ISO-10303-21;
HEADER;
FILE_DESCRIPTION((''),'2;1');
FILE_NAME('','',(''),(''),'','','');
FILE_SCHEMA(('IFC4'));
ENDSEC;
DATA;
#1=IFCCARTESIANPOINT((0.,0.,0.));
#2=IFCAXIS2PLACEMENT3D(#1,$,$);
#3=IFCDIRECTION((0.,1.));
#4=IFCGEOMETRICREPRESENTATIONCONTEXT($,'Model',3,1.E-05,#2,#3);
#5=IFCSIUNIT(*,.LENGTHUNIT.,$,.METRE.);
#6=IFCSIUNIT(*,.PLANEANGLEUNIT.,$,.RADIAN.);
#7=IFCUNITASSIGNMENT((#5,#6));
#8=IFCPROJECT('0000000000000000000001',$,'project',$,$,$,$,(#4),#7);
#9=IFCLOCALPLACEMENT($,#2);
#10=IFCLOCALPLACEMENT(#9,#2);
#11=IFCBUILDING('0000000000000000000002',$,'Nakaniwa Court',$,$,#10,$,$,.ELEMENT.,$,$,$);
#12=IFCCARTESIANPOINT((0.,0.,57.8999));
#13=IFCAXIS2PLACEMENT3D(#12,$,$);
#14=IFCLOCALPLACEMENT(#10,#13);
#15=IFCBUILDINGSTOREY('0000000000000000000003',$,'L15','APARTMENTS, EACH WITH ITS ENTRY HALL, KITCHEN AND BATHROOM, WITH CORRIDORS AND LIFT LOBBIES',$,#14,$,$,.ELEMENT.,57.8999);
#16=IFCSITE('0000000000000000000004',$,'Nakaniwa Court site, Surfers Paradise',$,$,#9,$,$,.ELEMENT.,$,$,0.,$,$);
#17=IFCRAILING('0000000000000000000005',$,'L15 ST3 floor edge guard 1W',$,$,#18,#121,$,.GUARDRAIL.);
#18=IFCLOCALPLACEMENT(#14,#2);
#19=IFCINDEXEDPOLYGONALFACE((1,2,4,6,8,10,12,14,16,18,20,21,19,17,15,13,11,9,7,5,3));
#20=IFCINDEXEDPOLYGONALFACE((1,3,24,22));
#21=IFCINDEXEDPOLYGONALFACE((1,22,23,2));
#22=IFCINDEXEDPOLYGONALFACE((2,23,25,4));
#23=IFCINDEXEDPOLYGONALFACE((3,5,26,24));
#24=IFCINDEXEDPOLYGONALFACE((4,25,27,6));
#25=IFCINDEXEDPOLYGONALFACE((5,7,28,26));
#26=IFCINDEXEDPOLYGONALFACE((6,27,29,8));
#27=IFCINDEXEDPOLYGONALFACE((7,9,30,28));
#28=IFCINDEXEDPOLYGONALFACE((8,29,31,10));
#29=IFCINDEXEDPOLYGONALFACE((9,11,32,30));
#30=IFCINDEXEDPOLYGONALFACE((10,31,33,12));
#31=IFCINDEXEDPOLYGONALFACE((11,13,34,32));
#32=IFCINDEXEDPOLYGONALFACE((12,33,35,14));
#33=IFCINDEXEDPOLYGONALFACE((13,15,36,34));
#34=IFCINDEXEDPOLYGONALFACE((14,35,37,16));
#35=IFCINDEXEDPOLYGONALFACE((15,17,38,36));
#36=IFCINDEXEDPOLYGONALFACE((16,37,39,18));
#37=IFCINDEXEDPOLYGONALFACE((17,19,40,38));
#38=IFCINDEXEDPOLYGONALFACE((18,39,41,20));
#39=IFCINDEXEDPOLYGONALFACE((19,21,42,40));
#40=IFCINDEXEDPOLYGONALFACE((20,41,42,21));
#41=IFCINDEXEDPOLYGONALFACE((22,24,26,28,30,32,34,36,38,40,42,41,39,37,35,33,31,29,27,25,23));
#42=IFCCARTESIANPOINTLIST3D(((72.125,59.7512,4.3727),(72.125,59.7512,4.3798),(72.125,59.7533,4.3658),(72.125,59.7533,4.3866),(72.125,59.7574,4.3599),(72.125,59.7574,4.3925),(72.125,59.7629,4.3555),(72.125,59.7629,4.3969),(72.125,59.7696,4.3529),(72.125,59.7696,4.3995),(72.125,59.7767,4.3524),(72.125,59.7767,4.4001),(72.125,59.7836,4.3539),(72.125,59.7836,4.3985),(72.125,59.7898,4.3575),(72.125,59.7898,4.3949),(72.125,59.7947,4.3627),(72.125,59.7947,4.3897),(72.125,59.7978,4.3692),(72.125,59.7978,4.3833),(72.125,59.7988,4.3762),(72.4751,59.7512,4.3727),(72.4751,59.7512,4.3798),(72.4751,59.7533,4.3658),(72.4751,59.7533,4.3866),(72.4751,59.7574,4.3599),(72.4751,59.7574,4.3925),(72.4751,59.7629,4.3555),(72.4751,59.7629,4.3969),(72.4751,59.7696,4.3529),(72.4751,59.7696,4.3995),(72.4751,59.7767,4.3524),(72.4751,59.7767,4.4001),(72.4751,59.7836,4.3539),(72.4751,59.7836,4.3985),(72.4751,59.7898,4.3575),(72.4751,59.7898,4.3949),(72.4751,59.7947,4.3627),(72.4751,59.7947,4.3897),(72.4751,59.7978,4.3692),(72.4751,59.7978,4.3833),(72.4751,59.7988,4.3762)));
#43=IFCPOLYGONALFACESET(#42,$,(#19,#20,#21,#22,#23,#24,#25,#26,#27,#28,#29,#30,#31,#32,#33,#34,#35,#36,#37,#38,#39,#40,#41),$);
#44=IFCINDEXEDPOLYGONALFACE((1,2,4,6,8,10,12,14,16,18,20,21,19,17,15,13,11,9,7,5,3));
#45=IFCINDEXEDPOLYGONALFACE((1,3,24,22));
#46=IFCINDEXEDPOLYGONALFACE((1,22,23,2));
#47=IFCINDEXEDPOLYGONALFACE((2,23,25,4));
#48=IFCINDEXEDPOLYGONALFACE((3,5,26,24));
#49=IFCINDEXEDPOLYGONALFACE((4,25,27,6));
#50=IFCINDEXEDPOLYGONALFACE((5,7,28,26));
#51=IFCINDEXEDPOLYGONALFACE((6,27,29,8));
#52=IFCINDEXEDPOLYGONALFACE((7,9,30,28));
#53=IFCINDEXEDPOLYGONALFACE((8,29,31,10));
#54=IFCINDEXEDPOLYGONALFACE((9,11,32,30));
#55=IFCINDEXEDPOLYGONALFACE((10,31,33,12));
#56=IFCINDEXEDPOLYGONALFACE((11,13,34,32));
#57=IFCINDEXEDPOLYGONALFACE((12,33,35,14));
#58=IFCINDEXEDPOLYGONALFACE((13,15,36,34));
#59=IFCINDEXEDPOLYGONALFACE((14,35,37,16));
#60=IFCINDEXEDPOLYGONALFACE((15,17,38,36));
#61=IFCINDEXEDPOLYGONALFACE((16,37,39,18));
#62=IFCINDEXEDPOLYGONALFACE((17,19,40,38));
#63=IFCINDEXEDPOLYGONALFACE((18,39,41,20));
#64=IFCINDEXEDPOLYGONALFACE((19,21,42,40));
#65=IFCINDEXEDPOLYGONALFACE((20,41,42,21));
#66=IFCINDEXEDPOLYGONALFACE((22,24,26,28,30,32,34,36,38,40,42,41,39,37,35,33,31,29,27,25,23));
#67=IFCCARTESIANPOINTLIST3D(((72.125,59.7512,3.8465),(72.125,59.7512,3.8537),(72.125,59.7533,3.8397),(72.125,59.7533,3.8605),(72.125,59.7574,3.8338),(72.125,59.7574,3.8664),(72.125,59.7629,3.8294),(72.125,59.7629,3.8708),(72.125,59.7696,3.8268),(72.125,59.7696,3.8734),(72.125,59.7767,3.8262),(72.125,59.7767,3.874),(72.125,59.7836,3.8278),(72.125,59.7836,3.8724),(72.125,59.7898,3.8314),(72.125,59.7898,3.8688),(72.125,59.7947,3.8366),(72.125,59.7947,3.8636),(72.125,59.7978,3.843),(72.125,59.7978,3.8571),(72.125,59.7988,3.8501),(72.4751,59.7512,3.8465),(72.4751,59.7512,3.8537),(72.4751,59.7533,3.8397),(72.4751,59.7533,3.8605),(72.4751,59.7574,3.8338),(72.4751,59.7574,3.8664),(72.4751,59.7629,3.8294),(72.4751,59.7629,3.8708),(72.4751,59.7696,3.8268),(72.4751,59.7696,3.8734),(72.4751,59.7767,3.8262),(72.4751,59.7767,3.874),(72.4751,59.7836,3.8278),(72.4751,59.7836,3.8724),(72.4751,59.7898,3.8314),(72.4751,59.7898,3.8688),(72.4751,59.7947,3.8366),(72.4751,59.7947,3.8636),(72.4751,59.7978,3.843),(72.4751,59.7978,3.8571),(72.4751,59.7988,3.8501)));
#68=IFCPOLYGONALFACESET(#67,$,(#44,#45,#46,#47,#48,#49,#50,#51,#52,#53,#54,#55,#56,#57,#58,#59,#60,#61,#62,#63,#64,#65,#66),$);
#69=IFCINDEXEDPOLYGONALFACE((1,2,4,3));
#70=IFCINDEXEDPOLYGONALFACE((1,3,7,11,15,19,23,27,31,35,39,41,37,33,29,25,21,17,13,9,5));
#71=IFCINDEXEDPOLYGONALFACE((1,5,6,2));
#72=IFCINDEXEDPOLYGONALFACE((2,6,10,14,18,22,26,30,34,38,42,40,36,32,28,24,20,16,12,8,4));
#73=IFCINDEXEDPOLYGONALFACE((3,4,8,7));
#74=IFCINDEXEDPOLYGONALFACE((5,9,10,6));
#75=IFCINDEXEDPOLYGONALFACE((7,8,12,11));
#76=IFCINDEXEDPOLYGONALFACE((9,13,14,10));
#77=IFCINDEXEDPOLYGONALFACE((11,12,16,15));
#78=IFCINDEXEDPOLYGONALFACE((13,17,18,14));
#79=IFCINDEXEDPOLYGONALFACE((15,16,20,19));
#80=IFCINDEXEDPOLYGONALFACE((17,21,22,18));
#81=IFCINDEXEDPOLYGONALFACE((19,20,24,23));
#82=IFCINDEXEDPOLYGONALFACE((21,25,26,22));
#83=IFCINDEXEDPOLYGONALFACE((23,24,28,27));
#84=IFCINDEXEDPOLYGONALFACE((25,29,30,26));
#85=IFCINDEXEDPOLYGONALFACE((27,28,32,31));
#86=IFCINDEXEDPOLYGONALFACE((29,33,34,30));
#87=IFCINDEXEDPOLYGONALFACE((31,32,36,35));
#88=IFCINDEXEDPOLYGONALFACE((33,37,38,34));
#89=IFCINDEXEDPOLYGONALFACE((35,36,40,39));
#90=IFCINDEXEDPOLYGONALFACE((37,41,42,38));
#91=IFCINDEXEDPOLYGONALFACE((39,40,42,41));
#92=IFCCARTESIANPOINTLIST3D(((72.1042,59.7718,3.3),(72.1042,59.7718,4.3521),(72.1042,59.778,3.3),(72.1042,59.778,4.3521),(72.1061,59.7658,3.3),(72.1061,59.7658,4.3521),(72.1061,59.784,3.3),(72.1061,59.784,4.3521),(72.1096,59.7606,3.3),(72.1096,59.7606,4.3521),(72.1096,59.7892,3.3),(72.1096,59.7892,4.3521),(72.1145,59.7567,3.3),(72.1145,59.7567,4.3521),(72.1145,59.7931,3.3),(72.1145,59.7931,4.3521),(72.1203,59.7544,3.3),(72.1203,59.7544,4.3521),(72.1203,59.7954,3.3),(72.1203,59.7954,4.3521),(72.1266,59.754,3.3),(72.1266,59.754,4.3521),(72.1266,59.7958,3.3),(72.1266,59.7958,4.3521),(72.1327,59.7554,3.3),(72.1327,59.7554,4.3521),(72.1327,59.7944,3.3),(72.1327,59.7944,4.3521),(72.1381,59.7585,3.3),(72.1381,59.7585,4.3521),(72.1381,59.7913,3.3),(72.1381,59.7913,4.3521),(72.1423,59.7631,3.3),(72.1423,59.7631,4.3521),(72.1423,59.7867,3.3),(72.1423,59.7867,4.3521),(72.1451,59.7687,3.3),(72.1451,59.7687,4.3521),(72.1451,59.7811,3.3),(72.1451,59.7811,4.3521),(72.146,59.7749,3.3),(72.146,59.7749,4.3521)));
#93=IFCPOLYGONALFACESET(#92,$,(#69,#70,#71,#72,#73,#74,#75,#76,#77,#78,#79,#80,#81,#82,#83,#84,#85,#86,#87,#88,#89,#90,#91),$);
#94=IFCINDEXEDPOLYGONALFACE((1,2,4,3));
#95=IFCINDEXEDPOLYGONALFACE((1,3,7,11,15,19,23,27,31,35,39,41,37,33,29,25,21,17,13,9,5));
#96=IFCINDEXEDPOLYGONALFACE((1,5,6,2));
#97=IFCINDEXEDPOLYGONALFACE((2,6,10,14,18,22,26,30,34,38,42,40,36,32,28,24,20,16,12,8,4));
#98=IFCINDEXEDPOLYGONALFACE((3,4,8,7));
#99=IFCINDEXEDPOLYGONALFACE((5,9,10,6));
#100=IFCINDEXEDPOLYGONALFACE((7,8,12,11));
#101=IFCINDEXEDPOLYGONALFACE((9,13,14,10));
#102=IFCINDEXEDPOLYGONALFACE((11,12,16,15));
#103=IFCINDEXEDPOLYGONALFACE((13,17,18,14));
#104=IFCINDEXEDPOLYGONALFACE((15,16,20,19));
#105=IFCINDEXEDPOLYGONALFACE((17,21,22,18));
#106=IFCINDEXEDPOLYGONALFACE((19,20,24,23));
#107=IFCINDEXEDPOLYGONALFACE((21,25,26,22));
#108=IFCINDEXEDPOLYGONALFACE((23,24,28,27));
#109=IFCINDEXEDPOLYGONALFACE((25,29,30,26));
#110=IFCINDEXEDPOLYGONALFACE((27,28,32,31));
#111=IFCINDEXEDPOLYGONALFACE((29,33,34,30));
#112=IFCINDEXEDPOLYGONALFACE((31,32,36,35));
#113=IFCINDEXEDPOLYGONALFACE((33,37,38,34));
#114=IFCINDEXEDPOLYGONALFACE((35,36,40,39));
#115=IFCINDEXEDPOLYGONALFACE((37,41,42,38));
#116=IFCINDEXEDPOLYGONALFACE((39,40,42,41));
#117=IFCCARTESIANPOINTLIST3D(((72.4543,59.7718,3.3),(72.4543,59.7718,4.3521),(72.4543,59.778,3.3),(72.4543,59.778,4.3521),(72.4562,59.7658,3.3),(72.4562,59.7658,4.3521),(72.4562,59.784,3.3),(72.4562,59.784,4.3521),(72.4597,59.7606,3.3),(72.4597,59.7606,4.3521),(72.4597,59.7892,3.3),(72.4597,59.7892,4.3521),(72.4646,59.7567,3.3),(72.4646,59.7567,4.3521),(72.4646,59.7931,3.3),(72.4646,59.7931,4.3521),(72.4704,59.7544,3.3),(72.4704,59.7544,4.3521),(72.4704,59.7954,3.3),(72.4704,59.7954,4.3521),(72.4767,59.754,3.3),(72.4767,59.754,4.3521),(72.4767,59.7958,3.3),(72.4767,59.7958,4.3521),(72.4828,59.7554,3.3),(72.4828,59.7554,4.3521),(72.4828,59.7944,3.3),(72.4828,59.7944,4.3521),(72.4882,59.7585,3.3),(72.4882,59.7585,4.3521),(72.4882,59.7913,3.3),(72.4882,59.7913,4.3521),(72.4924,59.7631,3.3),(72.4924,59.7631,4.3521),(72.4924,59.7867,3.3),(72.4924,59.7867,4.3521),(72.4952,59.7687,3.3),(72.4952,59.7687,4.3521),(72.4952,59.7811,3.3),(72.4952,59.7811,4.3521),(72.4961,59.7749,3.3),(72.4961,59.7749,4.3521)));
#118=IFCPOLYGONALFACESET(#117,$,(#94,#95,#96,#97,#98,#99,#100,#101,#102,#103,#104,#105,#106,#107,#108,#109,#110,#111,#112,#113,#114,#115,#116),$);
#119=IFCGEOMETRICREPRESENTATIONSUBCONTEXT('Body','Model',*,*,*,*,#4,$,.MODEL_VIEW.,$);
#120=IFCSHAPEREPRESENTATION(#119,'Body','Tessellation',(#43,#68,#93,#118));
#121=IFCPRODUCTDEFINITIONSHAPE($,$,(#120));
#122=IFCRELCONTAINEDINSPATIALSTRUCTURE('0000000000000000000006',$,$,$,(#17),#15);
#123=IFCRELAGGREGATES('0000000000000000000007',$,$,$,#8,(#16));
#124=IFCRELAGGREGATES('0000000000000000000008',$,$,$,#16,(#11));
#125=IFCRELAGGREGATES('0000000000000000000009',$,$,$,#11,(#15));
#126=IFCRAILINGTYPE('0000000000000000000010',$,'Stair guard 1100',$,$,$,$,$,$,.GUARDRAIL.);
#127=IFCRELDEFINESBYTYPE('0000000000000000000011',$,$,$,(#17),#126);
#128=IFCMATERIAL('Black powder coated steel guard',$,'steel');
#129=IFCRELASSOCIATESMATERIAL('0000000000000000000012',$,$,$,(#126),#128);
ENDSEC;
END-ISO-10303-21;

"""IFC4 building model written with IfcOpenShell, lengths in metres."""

from ifc_helpers import new_model, si_unit, direction, frame, origin, origin_2d, place, context, subcontext, project, spatial, circle, extrude, material, type_object, element, save


model = new_model("IFC4")

# Units and contexts
model_context = context("Model", 3, precision=1e-05, world=origin(), true_north=direction((0.0, 1.0)))
body_context = subcontext(model_context, "Body", "Model", "MODEL_VIEW")
ifc_project = project(units=[si_unit("LENGTHUNIT", "METRE"), si_unit("PLANEANGLEUNIT", "RADIAN")], contexts=[model_context])

# Site, building, storey
site_placement = place(None, origin())
site = spatial("IfcSite", under=ifc_project, at=site_placement, Name="Nakaniwa Court site, Surfers Paradise", CompositionType="ELEMENT", RefElevation=0.0)
building_placement = place(site_placement, origin())
building = spatial("IfcBuilding", under=site, at=building_placement, Name="Nakaniwa Court", CompositionType="ELEMENT")
storey_placement = place(building_placement, frame((0.0, 0.0, 57.8999)))
storey = spatial("IfcBuildingStorey", under=building, at=storey_placement, Name="L15", Description="APARTMENTS, EACH WITH ITS ENTRY HALL, KITCHEN AND BATHROOM, WITH CORRIDORS AND LIFT LOBBIES", CompositionType="ELEMENT", Elevation=57.8999)

# Railing
ifc_material_1 = material(Name="Black powder coated steel guard", Category="steel")
railing_type_1 = type_object("IfcRailingType", Name="Stair guard 1100", PredefinedType="GUARDRAIL", material=ifc_material_1)
for number, where, name in (
    (1, (72.125, 59.7749, 3.3), "L15 ST3 floor edge guard 1W"),
):
    element("IfcRailing", number, at=place(storey_placement, frame(where)), inside=storey, type_object=railing_type_1, Name=name, PredefinedType="GUARDRAIL", context=body_context, shape_type="SweptSolid", body=[
        extrude(circle(Radius=0.0239, at=origin_2d()), frame((0.0, 0.0, 1.0762), z_axis=(1.0, 0.0, 0.0), x_axis=(0.0, 1.0, 0.0)), (0.0, 0.0, 1.0), 0.3501),
        extrude(circle(Radius=0.0239, at=origin_2d()), frame((0.0, 0.0, 0.55), z_axis=(1.0, 0.0, 0.0), x_axis=(0.0, 1.0, 0.0)), (0.0, 0.0, 1.0), 0.3501),
        extrude(circle(Radius=0.021, at=origin_2d()), origin(), (0.0, 0.0, 1.0), 1.052),
        extrude(circle(Radius=0.021, at=origin_2d()), frame((0.3501, 0.0, 0.0)), (0.0, 0.0, 1.0), 1.052),
    ])

save(model, "model.ifc")
